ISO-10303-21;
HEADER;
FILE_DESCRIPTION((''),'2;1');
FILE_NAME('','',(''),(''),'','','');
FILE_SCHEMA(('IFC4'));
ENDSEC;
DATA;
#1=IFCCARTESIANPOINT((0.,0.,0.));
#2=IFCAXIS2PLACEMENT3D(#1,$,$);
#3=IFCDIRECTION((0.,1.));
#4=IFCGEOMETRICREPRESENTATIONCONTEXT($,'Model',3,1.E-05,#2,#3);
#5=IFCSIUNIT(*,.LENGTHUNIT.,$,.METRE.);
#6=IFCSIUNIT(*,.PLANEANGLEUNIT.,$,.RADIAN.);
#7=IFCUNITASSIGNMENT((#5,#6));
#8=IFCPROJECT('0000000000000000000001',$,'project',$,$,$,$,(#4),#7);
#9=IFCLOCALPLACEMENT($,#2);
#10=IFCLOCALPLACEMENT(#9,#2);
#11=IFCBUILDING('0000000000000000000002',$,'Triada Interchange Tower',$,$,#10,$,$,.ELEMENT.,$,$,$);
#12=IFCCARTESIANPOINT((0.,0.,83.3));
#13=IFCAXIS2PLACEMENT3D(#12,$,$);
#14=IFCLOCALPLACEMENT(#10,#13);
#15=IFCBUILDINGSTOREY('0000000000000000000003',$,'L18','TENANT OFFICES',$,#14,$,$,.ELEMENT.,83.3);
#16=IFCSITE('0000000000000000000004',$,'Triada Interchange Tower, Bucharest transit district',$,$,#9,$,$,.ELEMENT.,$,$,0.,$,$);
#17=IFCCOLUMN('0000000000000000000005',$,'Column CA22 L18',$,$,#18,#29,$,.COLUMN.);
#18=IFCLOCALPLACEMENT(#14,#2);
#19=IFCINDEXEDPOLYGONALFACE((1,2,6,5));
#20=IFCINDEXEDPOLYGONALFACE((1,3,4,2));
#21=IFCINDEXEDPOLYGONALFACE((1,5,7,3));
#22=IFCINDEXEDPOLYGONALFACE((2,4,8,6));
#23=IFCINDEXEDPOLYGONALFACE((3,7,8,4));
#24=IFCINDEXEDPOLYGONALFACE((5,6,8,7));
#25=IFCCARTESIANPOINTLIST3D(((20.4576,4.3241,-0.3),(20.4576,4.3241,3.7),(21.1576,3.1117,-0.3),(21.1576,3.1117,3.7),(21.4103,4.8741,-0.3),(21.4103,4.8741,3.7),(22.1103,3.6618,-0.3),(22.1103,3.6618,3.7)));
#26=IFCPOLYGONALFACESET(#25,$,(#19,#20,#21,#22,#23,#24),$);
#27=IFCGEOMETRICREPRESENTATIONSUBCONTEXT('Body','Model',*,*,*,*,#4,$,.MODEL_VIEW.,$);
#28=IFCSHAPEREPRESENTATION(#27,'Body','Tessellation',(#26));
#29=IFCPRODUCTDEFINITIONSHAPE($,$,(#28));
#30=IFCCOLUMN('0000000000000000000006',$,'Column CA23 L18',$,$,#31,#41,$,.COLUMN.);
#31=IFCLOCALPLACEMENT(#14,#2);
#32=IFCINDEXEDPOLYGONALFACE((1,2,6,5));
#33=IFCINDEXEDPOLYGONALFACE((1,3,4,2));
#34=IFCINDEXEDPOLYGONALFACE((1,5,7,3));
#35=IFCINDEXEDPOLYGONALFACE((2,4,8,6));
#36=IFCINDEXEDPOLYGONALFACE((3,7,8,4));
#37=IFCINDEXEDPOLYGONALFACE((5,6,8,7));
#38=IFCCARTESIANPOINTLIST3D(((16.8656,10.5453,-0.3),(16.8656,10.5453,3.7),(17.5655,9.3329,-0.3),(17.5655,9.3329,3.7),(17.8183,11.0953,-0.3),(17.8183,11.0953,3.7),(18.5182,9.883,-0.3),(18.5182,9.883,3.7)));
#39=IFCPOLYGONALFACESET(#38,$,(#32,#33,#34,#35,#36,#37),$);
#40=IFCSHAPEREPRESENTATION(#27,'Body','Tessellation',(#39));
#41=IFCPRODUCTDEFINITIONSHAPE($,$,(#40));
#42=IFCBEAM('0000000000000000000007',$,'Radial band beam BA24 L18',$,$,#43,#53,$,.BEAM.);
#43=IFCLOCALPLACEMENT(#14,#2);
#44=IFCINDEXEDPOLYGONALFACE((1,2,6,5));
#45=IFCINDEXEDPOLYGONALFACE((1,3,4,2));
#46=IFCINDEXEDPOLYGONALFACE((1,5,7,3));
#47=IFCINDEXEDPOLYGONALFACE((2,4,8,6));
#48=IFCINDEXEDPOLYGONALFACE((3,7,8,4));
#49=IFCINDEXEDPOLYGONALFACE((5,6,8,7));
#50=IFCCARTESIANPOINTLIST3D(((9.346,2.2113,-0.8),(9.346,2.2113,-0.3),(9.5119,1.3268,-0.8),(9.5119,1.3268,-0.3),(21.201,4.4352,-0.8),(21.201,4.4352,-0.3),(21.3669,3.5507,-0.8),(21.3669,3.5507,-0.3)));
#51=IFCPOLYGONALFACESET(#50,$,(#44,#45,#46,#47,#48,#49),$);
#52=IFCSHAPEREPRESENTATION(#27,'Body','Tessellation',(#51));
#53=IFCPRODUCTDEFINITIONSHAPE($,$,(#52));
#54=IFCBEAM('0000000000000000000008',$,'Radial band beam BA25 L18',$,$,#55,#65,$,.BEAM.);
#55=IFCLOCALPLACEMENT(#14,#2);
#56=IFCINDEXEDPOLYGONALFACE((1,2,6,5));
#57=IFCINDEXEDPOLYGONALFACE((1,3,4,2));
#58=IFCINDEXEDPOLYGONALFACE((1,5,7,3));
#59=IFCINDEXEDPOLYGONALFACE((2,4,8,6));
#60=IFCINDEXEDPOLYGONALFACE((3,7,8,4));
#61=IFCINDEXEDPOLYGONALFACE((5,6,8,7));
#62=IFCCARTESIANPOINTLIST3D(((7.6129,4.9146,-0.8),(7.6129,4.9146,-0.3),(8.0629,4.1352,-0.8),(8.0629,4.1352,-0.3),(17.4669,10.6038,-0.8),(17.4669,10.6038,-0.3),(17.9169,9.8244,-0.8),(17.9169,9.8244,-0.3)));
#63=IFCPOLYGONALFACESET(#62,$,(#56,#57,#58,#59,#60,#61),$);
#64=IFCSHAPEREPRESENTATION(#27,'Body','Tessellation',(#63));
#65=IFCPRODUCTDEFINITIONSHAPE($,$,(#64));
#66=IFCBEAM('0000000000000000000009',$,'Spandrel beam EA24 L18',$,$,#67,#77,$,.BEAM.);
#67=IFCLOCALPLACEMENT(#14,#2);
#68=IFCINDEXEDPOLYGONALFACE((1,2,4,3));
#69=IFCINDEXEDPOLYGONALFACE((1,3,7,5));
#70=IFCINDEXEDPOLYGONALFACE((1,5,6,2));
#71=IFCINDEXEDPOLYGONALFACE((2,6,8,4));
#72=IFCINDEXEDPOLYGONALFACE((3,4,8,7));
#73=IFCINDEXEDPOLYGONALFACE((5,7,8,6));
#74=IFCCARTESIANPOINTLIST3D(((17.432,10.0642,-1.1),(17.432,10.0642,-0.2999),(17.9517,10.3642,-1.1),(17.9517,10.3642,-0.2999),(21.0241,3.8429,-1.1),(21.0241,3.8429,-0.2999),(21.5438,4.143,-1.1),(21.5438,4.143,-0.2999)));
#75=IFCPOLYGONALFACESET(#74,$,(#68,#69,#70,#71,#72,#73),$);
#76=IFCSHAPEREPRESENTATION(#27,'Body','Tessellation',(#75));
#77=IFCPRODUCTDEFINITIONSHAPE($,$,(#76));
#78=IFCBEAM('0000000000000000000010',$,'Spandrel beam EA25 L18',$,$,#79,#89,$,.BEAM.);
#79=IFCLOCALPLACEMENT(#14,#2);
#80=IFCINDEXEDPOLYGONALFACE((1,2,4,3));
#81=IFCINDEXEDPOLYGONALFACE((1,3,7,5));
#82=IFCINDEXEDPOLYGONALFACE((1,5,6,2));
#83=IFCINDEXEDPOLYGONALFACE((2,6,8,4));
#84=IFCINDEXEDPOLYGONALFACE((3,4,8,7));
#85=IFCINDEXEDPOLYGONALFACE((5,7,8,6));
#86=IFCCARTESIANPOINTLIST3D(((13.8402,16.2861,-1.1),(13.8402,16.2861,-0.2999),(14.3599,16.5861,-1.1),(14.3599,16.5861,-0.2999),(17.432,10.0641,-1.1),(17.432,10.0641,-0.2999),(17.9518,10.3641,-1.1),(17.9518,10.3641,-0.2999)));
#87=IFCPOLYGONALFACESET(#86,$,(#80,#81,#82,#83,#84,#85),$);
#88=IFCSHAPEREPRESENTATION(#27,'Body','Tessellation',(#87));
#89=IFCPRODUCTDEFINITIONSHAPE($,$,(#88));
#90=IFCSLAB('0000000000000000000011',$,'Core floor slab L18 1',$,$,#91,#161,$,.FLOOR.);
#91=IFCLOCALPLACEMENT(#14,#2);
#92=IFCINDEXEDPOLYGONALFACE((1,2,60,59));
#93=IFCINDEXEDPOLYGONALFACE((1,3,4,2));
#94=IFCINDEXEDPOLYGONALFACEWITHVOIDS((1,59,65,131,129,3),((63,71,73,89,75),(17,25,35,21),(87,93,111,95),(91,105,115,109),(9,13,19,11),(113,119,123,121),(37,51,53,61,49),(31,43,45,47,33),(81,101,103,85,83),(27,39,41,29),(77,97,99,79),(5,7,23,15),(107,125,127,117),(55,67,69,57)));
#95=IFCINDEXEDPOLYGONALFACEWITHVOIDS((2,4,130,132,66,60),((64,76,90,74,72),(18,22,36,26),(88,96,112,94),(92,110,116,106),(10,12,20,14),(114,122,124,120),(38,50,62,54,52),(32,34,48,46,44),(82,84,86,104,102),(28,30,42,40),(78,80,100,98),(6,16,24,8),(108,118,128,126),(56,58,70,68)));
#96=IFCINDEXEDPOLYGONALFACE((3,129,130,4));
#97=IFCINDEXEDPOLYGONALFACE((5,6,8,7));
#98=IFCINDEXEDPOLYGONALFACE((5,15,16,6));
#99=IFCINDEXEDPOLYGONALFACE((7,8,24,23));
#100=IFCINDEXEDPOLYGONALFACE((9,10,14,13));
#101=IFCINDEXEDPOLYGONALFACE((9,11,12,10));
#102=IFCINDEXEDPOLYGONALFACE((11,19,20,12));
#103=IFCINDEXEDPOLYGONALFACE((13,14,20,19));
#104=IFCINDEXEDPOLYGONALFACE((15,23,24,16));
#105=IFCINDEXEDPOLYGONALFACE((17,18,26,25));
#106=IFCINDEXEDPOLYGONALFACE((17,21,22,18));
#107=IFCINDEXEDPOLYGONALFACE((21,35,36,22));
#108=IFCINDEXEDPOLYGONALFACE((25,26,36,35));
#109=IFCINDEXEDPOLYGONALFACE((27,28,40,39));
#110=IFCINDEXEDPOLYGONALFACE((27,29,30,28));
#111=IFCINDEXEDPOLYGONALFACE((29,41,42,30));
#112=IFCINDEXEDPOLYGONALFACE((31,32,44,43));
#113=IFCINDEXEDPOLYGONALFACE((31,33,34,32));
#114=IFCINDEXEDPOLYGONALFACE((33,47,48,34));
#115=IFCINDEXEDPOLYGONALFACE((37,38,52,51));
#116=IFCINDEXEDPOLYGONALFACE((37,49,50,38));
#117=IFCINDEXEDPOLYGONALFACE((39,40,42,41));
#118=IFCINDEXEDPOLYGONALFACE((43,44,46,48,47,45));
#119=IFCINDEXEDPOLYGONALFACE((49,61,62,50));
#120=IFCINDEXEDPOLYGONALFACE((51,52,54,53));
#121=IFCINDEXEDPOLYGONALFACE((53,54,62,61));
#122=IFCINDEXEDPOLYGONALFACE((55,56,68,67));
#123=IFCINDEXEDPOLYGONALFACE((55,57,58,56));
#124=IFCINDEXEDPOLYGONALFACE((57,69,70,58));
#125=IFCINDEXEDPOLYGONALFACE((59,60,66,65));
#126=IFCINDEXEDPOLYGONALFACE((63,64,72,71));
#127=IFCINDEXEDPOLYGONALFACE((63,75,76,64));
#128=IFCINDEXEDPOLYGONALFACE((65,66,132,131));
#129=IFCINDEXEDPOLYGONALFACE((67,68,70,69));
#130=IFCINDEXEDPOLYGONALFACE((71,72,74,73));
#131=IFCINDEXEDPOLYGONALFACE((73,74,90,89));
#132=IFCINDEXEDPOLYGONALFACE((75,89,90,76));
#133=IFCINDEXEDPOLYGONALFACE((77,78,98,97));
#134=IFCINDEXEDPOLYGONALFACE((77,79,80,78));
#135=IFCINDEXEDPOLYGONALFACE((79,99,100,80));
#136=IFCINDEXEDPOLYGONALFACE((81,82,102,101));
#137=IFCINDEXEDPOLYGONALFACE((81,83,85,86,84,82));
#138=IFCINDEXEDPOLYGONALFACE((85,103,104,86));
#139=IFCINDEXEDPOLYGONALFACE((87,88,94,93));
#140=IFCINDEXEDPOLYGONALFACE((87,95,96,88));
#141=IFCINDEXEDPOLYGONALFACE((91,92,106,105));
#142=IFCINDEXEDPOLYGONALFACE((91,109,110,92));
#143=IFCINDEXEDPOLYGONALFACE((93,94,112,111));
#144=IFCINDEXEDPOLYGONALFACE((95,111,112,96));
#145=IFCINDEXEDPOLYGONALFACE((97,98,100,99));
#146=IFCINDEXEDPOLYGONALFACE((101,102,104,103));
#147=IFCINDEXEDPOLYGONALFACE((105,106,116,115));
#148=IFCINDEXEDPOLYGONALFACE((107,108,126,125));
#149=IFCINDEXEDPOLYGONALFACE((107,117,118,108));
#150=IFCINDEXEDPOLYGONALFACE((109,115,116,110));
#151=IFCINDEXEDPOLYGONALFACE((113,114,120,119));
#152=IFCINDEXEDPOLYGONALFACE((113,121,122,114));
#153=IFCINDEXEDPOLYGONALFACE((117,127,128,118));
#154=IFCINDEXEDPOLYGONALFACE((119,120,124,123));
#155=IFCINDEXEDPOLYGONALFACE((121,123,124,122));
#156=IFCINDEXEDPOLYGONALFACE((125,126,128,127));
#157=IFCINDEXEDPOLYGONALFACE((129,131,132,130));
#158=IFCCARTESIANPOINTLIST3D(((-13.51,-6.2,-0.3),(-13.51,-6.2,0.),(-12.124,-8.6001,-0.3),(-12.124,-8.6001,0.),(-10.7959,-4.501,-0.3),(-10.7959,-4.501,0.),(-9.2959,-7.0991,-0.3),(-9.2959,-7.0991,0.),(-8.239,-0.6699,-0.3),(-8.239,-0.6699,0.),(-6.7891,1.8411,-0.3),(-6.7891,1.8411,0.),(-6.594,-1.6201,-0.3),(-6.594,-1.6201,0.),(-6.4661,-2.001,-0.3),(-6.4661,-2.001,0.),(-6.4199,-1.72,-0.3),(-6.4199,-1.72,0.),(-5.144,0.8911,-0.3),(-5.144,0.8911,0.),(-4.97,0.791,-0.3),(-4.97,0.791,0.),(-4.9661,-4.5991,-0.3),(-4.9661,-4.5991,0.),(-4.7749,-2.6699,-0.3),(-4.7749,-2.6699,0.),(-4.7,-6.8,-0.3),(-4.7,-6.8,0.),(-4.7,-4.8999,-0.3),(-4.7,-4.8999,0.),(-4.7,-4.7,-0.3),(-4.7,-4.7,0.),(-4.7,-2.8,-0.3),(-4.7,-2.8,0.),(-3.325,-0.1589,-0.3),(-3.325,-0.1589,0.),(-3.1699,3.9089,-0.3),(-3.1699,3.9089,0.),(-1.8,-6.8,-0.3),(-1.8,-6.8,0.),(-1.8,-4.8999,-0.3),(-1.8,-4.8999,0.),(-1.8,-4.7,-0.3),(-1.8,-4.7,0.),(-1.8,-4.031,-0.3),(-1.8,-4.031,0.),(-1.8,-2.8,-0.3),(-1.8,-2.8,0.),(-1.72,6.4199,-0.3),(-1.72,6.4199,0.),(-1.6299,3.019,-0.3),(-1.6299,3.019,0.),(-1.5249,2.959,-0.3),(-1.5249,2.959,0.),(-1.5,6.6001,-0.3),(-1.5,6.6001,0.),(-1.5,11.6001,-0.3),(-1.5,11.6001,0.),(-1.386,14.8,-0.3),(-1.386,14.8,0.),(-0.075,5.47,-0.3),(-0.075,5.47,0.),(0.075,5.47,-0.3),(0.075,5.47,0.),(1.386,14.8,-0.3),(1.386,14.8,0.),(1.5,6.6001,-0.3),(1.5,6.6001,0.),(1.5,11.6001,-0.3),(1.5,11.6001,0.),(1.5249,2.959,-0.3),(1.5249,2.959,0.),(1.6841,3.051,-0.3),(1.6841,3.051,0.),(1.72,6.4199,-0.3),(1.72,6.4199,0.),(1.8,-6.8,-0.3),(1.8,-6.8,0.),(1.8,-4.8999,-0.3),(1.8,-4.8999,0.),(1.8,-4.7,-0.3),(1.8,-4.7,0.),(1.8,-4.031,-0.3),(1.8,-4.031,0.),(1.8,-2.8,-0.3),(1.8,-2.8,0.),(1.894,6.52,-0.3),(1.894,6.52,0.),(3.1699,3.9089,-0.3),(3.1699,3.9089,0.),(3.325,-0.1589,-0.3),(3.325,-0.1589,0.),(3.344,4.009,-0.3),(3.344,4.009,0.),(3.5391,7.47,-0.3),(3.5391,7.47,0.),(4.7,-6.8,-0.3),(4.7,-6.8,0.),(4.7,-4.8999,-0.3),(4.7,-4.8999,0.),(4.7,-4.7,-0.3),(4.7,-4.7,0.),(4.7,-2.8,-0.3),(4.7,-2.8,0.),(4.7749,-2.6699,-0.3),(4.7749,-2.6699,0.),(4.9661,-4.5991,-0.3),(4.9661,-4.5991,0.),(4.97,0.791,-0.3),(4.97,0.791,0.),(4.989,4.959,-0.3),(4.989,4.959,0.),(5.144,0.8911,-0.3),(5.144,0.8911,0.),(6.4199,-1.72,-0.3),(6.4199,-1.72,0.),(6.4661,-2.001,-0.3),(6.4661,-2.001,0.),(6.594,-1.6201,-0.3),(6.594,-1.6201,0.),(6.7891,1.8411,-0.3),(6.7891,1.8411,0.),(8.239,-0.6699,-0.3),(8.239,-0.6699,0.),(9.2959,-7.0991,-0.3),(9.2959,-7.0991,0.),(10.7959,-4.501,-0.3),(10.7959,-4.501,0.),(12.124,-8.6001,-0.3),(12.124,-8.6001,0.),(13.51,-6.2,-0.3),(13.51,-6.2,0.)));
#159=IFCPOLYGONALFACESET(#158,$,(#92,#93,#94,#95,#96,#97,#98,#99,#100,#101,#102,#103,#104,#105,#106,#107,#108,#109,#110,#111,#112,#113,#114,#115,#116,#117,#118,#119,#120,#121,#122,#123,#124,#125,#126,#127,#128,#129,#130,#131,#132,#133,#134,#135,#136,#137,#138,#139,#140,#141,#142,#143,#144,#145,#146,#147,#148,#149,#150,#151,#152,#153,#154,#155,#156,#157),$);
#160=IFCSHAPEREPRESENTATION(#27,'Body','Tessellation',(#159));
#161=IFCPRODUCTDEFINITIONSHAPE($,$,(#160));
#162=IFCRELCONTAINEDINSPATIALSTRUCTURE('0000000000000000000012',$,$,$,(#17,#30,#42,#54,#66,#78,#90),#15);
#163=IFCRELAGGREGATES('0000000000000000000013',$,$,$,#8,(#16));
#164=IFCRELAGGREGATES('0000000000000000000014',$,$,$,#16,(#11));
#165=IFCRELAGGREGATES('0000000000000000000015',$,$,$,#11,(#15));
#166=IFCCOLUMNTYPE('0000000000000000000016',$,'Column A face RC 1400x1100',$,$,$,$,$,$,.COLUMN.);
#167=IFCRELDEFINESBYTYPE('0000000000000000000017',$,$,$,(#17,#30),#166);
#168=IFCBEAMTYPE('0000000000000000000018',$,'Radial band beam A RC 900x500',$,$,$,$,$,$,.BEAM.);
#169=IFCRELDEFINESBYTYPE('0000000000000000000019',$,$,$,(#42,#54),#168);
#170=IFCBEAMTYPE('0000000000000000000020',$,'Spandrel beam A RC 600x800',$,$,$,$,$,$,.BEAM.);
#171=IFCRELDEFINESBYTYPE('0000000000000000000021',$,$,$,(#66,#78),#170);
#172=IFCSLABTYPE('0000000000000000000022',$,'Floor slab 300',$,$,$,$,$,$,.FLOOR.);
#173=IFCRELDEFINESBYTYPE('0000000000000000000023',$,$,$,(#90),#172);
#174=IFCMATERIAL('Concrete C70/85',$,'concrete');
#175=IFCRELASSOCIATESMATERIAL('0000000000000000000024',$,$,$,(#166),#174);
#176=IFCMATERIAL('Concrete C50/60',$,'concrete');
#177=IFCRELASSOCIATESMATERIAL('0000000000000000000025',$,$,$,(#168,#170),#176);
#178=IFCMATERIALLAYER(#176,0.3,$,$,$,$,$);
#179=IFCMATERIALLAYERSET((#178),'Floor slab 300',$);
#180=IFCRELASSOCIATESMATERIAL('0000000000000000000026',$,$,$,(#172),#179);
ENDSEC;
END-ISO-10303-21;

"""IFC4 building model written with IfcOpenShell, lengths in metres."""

from ifc_helpers import new_model, si_unit, direction, frame, origin, origin_2d, place, context, subcontext, project, spatial, polyline, rectangle, outline, extrude, material, layer, layer_set, material_profile, profile_set, type_object, element, save


model = new_model("IFC4")

# Units and contexts
model_context = context("Model", 3, precision=1e-05, world=origin(), true_north=direction((0.0, 1.0)))
body_context = subcontext(model_context, "Body", "Model", "MODEL_VIEW")
ifc_project = project(units=[si_unit("LENGTHUNIT", "METRE"), si_unit("PLANEANGLEUNIT", "RADIAN")], contexts=[model_context])

# Site, building, storey
site_placement = place(None, origin())
site = spatial("IfcSite", under=ifc_project, at=site_placement, Name="Triada Interchange Tower, Bucharest transit district", CompositionType="ELEMENT", RefElevation=0.0)
building_placement = place(site_placement, origin())
building = spatial("IfcBuilding", under=site, at=building_placement, Name="Triada Interchange Tower", CompositionType="ELEMENT")
storey_placement = place(building_placement, frame((0.0, 0.0, 83.3)))
storey = spatial("IfcBuildingStorey", under=building, at=storey_placement, Name="L18", Description="TENANT OFFICES", CompositionType="ELEMENT", Elevation=83.3)

# Columns
ifc_material_1 = material(Name="Concrete C70/85", Category="concrete")
ifc_material_profile_1 = material_profile(ifc_material_1, rectangle(XDim=1.3999, YDim=1.1001, at=origin_2d()), Name="RC 1400x1100")
ifc_profile_set_1 = profile_set([ifc_material_profile_1], Name="Concrete C70/85")
column_type = type_object("IfcColumnType", Name="Column A face RC 1400x1100", PredefinedType="COLUMN", material=ifc_profile_set_1)
for number, where, z_axis, x_axis, name in (
    (1, (21.2839, 3.9929, -0.3), (0.0, 0.0, 1.0), (-0.5, 0.866025, 0.0), "Column CA22 L18"),
    (2, (17.6919, 10.2141, -0.3), (0.0, 0.0, 1.0), (-0.5, 0.866025, 0.0), "Column CA23 L18"),
):
    element("IfcColumn", number, at=place(storey_placement, frame(where, z_axis=z_axis, x_axis=x_axis)), inside=storey, type_object=column_type, Name=name, PredefinedType="COLUMN", context=body_context, shape_type="SweptSolid", body=[
        extrude(rectangle(XDim=1.3999, YDim=1.1001, at=origin_2d()), origin(), (0.0, 0.0, 1.0), 4.0),
    ])

# Beams
ifc_material_2 = material(Name="Concrete C50/60", Category="concrete")
ifc_material_profile_2 = material_profile(ifc_material_2, rectangle(XDim=0.8999, YDim=0.5, at=origin_2d()), Name="RC 900x500")
ifc_profile_set_2 = profile_set([ifc_material_profile_2], Name="Concrete C50/60")
beam_type_1 = type_object("IfcBeamType", Name="Radial band beam A RC 900x500", PredefinedType="BEAM", material=ifc_profile_set_2)
beam_1_placement = place(storey_placement, frame((21.2839, 3.9929, -0.55), z_axis=(-0.982856, -0.184374, 0.0), x_axis=(0.184374, -0.982856, 0.0)))
element("IfcBeam", 3, at=beam_1_placement, inside=storey, type_object=beam_type_1, Name="Radial band beam BA24 L18", PredefinedType="BEAM", context=body_context, shape_type="SweptSolid", body=[
    extrude(rectangle(XDim=0.8999, YDim=0.5, at=origin_2d()), origin(), (0.0, 0.0, 1.0), 12.0618),
])
beam_2_placement = place(storey_placement, frame((17.6919, 10.2141, -0.55), z_axis=(-0.866026, -0.5, 0.0), x_axis=(0.5, -0.866026, 0.0)))
element("IfcBeam", 4, at=beam_2_placement, inside=storey, type_object=beam_type_1, Name="Radial band beam BA25 L18", PredefinedType="BEAM", context=body_context, shape_type="SweptSolid", body=[
    extrude(rectangle(XDim=0.8999, YDim=0.5, at=origin_2d()), origin(), (0.0, 0.0, 1.0), 11.3784),
])
ifc_material_profile_3 = material_profile(ifc_material_2, rectangle(XDim=0.6001, YDim=0.8, at=origin_2d()), Name="RC 600x800")
ifc_profile_set_3 = profile_set([ifc_material_profile_3], Name="Concrete C50/60")
beam_type_2 = type_object("IfcBeamType", Name="Spandrel beam A RC 600x800", PredefinedType="BEAM", material=ifc_profile_set_3)
beam_3_placement = place(storey_placement, frame((21.2839, 3.9929, -0.7), z_axis=(-0.500024, 0.866011, 0.0), x_axis=(-0.866011, -0.500024, 0.0)))
element("IfcBeam", 5, at=beam_3_placement, inside=storey, type_object=beam_type_2, Name="Spandrel beam EA24 L18", PredefinedType="BEAM", context=body_context, shape_type="SweptSolid", body=[
    extrude(rectangle(XDim=0.6001, YDim=0.8, at=origin_2d()), origin(), (0.0, 0.0, 1.0), 7.1838),
])
beam_4_placement = place(storey_placement, frame((17.6919, 10.2141, -0.7), z_axis=(-0.499955, 0.866051, 0.0), x_axis=(-0.866051, -0.499955, 0.0)))
element("IfcBeam", 6, at=beam_4_placement, inside=storey, type_object=beam_type_2, Name="Spandrel beam EA25 L18", PredefinedType="BEAM", context=body_context, shape_type="SweptSolid", body=[
    extrude(rectangle(XDim=0.6001, YDim=0.8, at=origin_2d()), origin(), (0.0, 0.0, 1.0), 7.1843),
])

# Slab
ifc_layer_1 = layer(ifc_material_2, 0.3)
ifc_layer_set_1 = layer_set([ifc_layer_1], Name="Floor slab 300")
slab_type = type_object("IfcSlabType", Name="Floor slab 300", PredefinedType="FLOOR", material=ifc_layer_set_1)
slab_placement = place(storey_placement, frame((0.0, 0.0, -0.3)))
element("IfcSlab", 7, at=slab_placement, inside=storey, type_object=slab_type, Name="Core floor slab L18 1", PredefinedType="FLOOR", context=body_context, shape_type="SweptSolid", body=[
    extrude(outline(polyline([(13.51, -6.2), (12.124, -8.6001), (-12.124, -8.6001), (-13.51, -6.2), (-1.386, 14.8), (1.386, 14.8), (13.51, -6.2)]), holes=[polyline([(9.2959, -7.0991), (10.7959, -4.501), (6.4661, -2.001), (4.9661, -4.5991), (9.2959, -7.0991)]), polyline([(6.7891, 1.8411), (5.144, 0.8911), (6.594, -1.6201), (8.239, -0.6699), (6.7891, 1.8411)]), polyline([(4.97, 0.791), (3.325, -0.1589), (4.7749, -2.6699), (6.4199, -1.72), (4.97, 0.791)]), polyline([(1.894, 6.52), (3.344, 4.009), (4.989, 4.959), (3.5391, 7.47), (1.894, 6.52)]), polyline([(1.8, -4.8999), (1.8, -6.8), (4.7, -6.8), (4.7, -4.8999), (1.8, -4.8999)]), polyline([(1.8, -2.8), (1.8, -4.031), (1.8, -4.7), (4.7, -4.7), (4.7, -2.8), (1.8, -2.8)]), polyline([(1.5249, 2.959), (1.6841, 3.051), (3.1699, 3.9089), (1.72, 6.4199), (0.075, 5.47), (1.5249, 2.959)]), polyline([(1.5, 11.6001), (-1.5, 11.6001), (-1.5, 6.6001), (1.5, 6.6001), (1.5, 11.6001)]), polyline([(-0.075, 5.47), (-1.72, 6.4199), (-3.1699, 3.9089), (-1.6299, 3.019), (-1.5249, 2.959), (-0.075, 5.47)]), polyline([(-4.7, -2.8), (-4.7, -4.7), (-1.8, -4.7), (-1.8, -4.031), (-1.8, -2.8), (-4.7, -2.8)]), polyline([(-4.7, -4.8999), (-4.7, -6.8), (-1.8, -6.8), (-1.8, -4.8999), (-4.7, -4.8999)]), polyline([(-4.7749, -2.6699), (-3.325, -0.1589), (-4.97, 0.791), (-6.4199, -1.72), (-4.7749, -2.6699)]), polyline([(-10.7959, -4.501), (-9.2959, -7.0991), (-4.9661, -4.5991), (-6.4661, -2.001), (-10.7959, -4.501)]), polyline([(-6.594, -1.6201), (-5.144, 0.8911), (-6.7891, 1.8411), (-8.239, -0.6699), (-6.594, -1.6201)])]), origin(), (0.0, 0.0, 1.0), 0.3),
])

save(model, "model.ifc")
